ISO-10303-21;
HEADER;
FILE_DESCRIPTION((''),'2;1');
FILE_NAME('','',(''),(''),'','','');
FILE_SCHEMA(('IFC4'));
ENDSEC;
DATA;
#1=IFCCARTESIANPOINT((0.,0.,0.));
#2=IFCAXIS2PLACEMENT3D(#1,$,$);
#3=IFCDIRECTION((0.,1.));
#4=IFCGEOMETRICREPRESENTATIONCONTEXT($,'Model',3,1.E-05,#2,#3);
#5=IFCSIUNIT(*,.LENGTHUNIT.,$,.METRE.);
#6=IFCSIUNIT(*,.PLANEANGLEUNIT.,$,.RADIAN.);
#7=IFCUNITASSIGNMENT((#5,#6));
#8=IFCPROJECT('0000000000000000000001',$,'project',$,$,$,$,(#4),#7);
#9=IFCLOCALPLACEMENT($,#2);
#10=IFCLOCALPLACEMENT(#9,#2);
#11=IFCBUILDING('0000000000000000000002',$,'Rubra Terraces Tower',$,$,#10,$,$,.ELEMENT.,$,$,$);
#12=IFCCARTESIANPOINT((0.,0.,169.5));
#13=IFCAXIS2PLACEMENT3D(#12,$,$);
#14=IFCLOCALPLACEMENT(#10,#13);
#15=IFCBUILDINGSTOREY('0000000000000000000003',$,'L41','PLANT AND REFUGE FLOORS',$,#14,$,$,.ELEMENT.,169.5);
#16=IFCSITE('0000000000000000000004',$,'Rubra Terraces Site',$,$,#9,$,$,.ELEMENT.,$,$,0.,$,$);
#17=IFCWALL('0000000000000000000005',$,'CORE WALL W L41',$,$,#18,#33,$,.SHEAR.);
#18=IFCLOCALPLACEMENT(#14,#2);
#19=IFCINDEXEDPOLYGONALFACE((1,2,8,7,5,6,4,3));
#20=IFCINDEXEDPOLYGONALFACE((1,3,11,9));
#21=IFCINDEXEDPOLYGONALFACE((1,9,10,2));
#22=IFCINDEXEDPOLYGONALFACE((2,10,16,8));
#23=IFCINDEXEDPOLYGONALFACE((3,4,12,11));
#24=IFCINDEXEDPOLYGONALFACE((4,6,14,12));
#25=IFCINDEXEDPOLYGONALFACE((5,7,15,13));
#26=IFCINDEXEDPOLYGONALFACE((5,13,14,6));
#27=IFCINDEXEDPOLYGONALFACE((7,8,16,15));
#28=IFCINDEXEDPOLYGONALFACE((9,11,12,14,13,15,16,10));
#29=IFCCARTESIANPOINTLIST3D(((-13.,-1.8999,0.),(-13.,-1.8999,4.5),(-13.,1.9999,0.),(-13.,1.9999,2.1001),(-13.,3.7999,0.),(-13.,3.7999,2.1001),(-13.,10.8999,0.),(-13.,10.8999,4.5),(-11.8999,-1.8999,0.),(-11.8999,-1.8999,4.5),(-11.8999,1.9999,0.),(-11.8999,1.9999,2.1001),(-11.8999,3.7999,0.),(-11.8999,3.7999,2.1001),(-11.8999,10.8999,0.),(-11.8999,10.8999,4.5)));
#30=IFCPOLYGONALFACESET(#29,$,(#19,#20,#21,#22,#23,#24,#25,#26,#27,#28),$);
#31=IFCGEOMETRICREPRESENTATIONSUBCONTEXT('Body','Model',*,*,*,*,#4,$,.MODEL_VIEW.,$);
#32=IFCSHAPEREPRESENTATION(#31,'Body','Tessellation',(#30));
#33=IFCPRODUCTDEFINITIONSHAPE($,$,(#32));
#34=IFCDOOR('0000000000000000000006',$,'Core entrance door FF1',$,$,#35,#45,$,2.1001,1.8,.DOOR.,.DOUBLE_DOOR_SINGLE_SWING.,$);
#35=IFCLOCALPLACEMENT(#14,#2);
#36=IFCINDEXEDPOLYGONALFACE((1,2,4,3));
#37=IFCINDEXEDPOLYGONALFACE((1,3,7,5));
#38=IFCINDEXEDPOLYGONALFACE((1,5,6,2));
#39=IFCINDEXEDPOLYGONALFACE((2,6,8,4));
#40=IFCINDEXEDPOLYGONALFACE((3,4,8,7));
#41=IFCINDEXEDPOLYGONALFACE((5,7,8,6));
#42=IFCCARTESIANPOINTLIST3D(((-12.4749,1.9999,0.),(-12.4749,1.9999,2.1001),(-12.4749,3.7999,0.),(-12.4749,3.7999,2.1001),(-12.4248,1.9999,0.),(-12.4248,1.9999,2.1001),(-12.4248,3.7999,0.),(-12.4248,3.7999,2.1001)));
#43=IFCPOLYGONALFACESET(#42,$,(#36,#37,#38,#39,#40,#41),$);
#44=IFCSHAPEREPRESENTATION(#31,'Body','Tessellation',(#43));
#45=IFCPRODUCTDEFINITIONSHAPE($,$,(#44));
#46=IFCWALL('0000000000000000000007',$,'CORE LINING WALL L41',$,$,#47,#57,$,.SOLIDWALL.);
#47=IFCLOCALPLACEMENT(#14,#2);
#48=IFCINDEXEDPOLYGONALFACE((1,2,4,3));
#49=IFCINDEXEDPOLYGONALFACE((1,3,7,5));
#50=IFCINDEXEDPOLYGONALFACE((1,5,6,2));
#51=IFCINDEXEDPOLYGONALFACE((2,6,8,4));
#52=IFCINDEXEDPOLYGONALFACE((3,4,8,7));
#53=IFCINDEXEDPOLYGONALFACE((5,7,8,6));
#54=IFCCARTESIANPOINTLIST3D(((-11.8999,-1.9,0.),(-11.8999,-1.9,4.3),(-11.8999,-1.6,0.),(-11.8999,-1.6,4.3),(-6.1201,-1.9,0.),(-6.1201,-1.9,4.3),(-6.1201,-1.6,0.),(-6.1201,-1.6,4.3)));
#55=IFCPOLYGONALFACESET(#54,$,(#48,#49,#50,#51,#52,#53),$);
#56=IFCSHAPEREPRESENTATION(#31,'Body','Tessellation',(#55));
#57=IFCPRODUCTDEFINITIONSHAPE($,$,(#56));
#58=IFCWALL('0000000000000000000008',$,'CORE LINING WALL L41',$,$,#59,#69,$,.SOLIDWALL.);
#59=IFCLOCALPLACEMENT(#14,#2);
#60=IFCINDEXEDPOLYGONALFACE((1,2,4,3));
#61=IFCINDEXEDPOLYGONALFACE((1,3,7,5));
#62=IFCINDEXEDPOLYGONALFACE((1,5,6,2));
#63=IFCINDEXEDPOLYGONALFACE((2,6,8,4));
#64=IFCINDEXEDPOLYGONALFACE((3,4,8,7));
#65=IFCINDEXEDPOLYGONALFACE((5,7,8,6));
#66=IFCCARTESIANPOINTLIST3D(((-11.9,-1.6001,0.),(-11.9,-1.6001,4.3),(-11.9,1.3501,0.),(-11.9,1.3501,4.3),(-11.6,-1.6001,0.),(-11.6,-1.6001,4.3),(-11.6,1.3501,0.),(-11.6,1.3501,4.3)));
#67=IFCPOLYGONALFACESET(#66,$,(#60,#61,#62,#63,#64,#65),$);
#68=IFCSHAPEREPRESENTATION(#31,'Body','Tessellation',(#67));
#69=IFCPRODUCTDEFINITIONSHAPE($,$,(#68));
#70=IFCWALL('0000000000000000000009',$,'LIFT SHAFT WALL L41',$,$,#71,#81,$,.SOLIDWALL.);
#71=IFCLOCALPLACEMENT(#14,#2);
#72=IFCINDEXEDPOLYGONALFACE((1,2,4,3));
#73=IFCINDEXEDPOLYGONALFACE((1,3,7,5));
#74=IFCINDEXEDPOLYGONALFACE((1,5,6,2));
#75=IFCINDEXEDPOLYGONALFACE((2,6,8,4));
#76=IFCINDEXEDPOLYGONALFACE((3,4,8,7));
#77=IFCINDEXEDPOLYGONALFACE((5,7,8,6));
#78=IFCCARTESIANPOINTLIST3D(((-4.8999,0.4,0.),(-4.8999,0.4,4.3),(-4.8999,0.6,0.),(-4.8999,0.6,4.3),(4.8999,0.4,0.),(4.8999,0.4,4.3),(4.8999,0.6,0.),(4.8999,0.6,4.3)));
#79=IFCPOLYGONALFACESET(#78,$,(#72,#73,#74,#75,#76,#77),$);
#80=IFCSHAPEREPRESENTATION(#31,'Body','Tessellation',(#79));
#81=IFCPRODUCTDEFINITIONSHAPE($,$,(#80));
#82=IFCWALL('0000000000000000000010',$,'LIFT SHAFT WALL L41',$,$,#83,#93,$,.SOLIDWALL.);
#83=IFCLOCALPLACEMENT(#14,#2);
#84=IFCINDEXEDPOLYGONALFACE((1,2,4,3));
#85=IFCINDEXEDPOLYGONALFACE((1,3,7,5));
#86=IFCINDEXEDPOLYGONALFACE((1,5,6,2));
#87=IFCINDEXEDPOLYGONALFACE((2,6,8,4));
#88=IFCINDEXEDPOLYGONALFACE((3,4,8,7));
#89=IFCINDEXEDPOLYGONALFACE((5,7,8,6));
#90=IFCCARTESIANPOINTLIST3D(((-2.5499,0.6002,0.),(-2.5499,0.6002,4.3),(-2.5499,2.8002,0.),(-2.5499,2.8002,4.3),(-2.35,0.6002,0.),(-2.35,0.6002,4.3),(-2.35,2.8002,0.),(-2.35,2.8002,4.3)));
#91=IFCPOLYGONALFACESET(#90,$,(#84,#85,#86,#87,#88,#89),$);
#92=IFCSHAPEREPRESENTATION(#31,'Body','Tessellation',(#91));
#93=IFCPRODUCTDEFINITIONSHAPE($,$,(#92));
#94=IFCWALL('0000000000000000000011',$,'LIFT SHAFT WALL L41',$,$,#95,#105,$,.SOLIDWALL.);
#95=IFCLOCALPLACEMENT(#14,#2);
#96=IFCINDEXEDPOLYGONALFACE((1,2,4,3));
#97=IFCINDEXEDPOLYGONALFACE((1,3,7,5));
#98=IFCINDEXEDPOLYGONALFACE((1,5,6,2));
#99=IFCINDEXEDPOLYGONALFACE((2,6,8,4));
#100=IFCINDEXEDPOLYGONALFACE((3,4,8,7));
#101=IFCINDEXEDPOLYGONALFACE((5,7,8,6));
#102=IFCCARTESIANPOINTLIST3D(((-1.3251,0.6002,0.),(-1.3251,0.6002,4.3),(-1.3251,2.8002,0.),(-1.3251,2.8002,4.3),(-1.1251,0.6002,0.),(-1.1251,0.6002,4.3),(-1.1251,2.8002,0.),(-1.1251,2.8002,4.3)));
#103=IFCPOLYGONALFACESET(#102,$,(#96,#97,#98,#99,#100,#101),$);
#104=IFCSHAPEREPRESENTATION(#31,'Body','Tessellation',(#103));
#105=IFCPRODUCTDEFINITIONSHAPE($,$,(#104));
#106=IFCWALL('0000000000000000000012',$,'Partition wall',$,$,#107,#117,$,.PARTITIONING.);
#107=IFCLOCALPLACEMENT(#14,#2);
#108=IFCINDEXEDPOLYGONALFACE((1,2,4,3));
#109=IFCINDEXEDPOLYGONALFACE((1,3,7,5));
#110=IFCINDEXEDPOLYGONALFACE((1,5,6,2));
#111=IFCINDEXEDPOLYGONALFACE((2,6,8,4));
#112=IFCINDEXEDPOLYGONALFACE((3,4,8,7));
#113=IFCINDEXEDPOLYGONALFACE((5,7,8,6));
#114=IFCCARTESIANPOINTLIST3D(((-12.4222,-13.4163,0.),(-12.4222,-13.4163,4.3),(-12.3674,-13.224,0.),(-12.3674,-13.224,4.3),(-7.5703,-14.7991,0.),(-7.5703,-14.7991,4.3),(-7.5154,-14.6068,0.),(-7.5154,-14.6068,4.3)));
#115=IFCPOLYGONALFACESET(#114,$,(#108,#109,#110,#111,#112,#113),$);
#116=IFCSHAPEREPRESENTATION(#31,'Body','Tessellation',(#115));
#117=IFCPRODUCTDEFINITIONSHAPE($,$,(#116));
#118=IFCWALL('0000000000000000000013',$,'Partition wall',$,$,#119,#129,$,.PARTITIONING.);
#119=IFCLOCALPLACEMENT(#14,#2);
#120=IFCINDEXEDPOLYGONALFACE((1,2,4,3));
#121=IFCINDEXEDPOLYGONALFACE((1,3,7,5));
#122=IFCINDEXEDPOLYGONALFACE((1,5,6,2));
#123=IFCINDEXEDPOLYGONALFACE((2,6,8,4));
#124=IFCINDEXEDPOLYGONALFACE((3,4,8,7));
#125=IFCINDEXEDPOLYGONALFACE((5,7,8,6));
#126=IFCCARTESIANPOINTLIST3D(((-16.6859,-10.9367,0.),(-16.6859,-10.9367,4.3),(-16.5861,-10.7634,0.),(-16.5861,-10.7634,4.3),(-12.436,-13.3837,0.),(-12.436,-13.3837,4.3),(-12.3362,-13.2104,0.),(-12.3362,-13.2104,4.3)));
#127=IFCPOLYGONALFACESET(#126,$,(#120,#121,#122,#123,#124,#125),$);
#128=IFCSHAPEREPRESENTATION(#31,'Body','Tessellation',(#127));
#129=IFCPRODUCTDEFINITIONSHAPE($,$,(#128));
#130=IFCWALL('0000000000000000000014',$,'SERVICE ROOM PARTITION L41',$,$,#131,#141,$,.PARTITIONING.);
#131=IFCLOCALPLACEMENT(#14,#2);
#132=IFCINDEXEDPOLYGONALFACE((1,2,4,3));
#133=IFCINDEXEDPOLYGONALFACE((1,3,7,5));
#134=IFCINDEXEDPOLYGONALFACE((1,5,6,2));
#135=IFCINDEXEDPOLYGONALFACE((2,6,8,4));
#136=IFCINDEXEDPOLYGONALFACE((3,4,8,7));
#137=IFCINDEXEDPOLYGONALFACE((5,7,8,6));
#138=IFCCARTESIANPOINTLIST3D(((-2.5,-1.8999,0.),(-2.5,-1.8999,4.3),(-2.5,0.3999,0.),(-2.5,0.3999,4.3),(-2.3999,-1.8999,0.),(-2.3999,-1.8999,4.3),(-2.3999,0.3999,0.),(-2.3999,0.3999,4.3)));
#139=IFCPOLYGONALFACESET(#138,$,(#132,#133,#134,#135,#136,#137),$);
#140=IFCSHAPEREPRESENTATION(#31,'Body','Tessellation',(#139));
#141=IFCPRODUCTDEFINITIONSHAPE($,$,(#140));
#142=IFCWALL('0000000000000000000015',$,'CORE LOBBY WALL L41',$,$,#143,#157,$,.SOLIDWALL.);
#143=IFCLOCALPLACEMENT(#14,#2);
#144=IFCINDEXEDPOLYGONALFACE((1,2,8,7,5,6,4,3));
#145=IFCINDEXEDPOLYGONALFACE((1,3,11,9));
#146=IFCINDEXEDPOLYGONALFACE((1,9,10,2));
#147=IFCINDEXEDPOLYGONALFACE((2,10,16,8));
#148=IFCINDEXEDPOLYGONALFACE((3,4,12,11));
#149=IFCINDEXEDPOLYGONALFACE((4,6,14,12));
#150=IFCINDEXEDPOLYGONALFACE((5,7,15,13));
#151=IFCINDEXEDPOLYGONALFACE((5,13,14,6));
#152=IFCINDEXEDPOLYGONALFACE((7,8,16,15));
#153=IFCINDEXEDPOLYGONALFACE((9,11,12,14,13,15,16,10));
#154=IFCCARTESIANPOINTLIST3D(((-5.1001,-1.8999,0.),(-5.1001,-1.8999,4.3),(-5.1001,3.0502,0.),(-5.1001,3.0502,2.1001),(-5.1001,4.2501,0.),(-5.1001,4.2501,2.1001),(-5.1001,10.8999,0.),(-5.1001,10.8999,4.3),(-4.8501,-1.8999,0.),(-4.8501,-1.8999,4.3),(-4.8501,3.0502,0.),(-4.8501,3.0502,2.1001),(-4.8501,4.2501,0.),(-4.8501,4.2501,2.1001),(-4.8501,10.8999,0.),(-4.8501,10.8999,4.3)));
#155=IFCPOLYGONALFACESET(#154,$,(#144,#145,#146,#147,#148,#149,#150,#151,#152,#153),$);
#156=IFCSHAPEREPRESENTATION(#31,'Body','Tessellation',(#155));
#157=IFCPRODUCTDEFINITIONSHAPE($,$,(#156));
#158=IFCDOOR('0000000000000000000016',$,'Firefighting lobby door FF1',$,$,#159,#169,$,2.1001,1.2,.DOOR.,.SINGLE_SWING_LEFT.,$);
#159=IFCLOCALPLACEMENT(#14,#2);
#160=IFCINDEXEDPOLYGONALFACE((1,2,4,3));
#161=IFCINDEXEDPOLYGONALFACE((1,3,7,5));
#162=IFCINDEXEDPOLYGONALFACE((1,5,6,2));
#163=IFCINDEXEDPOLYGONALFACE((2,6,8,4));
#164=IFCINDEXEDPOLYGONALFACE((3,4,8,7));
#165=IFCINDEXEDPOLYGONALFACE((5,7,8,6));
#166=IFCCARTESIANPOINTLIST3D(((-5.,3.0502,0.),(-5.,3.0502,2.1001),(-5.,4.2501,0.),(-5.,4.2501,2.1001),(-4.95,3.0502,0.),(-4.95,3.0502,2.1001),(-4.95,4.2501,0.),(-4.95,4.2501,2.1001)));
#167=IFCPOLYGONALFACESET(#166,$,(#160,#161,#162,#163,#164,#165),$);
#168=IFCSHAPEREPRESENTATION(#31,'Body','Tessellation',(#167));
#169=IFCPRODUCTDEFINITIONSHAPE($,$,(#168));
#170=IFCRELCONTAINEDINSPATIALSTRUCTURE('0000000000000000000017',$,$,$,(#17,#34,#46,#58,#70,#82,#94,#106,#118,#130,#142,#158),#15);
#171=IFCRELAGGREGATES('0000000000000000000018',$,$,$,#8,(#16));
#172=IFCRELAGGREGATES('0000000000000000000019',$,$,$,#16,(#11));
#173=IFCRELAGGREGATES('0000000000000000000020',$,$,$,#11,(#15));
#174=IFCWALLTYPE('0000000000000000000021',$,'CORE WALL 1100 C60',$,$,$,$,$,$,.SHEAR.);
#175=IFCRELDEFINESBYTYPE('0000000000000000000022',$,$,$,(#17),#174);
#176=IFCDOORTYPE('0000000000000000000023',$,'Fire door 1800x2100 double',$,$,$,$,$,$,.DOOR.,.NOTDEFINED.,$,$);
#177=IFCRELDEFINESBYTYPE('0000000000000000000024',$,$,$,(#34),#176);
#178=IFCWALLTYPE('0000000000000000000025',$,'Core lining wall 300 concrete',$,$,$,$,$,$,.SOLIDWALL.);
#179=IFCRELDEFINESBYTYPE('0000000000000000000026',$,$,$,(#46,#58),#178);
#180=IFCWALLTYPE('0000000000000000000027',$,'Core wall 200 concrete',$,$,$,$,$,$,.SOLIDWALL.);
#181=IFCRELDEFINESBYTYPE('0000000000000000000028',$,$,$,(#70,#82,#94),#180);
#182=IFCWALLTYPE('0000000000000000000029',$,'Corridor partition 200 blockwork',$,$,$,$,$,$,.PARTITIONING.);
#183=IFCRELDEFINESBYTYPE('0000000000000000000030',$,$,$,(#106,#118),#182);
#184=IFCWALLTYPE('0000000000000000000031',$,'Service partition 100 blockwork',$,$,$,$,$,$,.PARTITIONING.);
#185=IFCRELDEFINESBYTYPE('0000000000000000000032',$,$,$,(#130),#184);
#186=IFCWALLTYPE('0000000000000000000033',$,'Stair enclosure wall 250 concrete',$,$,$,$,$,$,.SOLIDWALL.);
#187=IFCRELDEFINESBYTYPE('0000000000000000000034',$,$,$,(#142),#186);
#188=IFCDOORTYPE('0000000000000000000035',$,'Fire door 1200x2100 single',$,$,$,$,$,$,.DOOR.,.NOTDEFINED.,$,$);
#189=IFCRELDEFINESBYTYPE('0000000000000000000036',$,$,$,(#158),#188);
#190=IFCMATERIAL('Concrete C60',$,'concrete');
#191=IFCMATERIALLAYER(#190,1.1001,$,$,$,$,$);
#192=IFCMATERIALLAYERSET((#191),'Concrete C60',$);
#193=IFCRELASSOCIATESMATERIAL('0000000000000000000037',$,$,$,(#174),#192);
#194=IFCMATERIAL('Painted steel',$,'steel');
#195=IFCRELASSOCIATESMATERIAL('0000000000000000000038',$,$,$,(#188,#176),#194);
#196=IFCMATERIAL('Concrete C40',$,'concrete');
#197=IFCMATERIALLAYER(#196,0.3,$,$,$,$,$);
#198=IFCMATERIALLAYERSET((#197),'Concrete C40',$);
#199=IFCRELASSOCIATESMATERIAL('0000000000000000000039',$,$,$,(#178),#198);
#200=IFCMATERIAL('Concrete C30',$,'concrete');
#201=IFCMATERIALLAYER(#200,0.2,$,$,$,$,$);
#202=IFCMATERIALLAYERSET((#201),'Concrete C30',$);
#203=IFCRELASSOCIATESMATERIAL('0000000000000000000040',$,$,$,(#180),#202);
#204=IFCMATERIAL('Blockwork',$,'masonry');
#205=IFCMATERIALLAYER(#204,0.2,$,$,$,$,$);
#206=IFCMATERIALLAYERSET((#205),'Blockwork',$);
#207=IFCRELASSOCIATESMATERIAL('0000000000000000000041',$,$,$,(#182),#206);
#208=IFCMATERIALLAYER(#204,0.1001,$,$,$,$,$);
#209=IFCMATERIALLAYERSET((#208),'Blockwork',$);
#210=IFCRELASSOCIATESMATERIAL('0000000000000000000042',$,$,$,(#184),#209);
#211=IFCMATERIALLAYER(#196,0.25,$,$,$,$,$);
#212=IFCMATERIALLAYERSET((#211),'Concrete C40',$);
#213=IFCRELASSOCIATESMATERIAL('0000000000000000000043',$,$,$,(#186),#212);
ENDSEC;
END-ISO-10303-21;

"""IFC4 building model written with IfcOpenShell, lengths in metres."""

from ifc_helpers import new_model, si_unit, direction, frame, frame_2d, origin, place, context, subcontext, project, spatial, rectangle, extrude, material, layer, layer_set, type_object, element, fill, save


model = new_model("IFC4")

# Units and contexts
model_context = context("Model", 3, precision=1e-05, world=origin(), true_north=direction((0.0, 1.0)))
body_context = subcontext(model_context, "Body", "Model", "MODEL_VIEW")
ifc_project = project(units=[si_unit("LENGTHUNIT", "METRE"), si_unit("PLANEANGLEUNIT", "RADIAN")], contexts=[model_context])

# Site, building, storey
site_placement = place(None, origin())
site = spatial("IfcSite", under=ifc_project, at=site_placement, Name="Rubra Terraces Site", CompositionType="ELEMENT", RefElevation=0.0)
building_placement = place(site_placement, origin())
building = spatial("IfcBuilding", under=site, at=building_placement, Name="Rubra Terraces Tower", CompositionType="ELEMENT")
storey_placement = place(building_placement, frame((0.0, 0.0, 169.5)))
storey = spatial("IfcBuildingStorey", under=building, at=storey_placement, Name="L41", Description="PLANT AND REFUGE FLOORS", CompositionType="ELEMENT", Elevation=169.5)

# Shared definitions
ifc_material_1 = material(Name="Concrete C60", Category="concrete")
ifc_layer_1 = layer(ifc_material_1, 1.1001)
ifc_layer_set_1 = layer_set([ifc_layer_1], Name="Concrete C60")
wall_type_1 = type_object("IfcWallType", Name="CORE WALL 1100 C60", PredefinedType="SHEAR", material=ifc_layer_set_1)
ifc_material_2 = material(Name="Painted steel", Category="steel")
door_type_1 = type_object("IfcDoorType", Name="Fire door 1200x2100 single", OperationType="NOTDEFINED", PredefinedType="DOOR", material=ifc_material_2)

# Wall, opening, door
wall_1_placement = place(storey_placement, frame((-12.45, -1.8999, 0.0), z_axis=(0.0, 0.0, 1.0), x_axis=(0.0, 1.0, 0.0)))
wall_1 = element("IfcWall", 1, at=wall_1_placement, inside=storey, type_object=wall_type_1, Name="CORE WALL W L41", PredefinedType="SHEAR", context=body_context, shape_type="SweptSolid", body=[
    extrude(rectangle(XDim=12.7998, YDim=1.1001, at=frame_2d((6.3999, 0.0))), origin(), (0.0, 0.0, 1.0), 4.5),
])
opening_1_placement = place(wall_1_placement, frame((3.8999, 0.0, 0.0)))
opening_1 = element("IfcOpeningElement", 2, at=opening_1_placement, cuts=wall_1, PredefinedType="OPENING", context=body_context, shape_type="SweptSolid", body=[
    extrude(rectangle(XDim=1.8, YDim=2.1001, at=frame_2d((0.8999, 1.05))), frame((0.0, 0.5601, 0.0), z_axis=(0.0, -1.0, 0.0), x_axis=(1.0, 0.0, 0.0)), (0.0, 0.0, 1.0), 1.1201),
])
door_type_2 = type_object("IfcDoorType", Name="Fire door 1800x2100 double", OperationType="NOTDEFINED", PredefinedType="DOOR", material=ifc_material_2)
door_1_placement = place(opening_1_placement, origin())
door_1 = element("IfcDoor", 3, at=door_1_placement, inside=storey, type_object=door_type_2, Name="Core entrance door FF1", OperationType="DOUBLE_DOOR_SINGLE_SWING", OverallHeight=2.1001, OverallWidth=1.8, PredefinedType="DOOR", context=body_context, shape_type="SweptSolid", body=[
    extrude(rectangle(XDim=1.8, YDim=2.1001, at=frame_2d((0.8999, 1.05))), frame((0.0, 0.0249, 0.0), z_axis=(0.0, -1.0, 0.0), x_axis=(1.0, 0.0, 0.0)), (0.0, 0.0, 1.0), 0.05),
])
fill(opening_1, door_1)

# Walls
ifc_material_3 = material(Name="Concrete C40", Category="concrete")
ifc_layer_2 = layer(ifc_material_3, 0.3)
ifc_layer_set_2 = layer_set([ifc_layer_2], Name="Concrete C40")
wall_type_2 = type_object("IfcWallType", Name="Core lining wall 300 concrete", PredefinedType="SOLIDWALL", material=ifc_layer_set_2)
wall_2_placement = place(storey_placement, frame((-11.8999, -1.75, 0.0), z_axis=(0.0, 0.0, 1.0), x_axis=(1.0, 0.0, 0.0)))
element("IfcWall", 4, at=wall_2_placement, inside=storey, type_object=wall_type_2, Name="CORE LINING WALL L41", PredefinedType="SOLIDWALL", context=body_context, shape_type="SweptSolid", body=[
    extrude(rectangle(XDim=5.7798, YDim=0.3, at=frame_2d((2.8899, 0.0))), origin(), (0.0, 0.0, 1.0), 4.3),
])
wall_3_placement = place(storey_placement, frame((-11.75, -1.6001, 0.0), z_axis=(0.0, 0.0, 1.0), x_axis=(0.0, 1.0, 0.0)))
element("IfcWall", 5, at=wall_3_placement, inside=storey, type_object=wall_type_2, Name="CORE LINING WALL L41", PredefinedType="SOLIDWALL", context=body_context, shape_type="SweptSolid", body=[
    extrude(rectangle(XDim=2.9502, YDim=0.3, at=frame_2d((1.4751, 0.0))), origin(), (0.0, 0.0, 1.0), 4.3),
])
ifc_material_4 = material(Name="Concrete C30", Category="concrete")
ifc_layer_3 = layer(ifc_material_4, 0.2)
ifc_layer_set_3 = layer_set([ifc_layer_3], Name="Concrete C30")
wall_type_3 = type_object("IfcWallType", Name="Core wall 200 concrete", PredefinedType="SOLIDWALL", material=ifc_layer_set_3)
wall_4_placement = place(storey_placement, frame((-4.8999, 0.5, 0.0), z_axis=(0.0, 0.0, 1.0), x_axis=(1.0, 0.0, 0.0)))
element("IfcWall", 6, at=wall_4_placement, inside=storey, type_object=wall_type_3, Name="LIFT SHAFT WALL L41", PredefinedType="SOLIDWALL", context=body_context, shape_type="SweptSolid", body=[
    extrude(rectangle(XDim=9.7998, YDim=0.2, at=frame_2d((4.8999, 0.0))), origin(), (0.0, 0.0, 1.0), 4.3),
])
for number, where, z_axis, x_axis, name in (
    (7, (-2.45, 0.6001, 0.0), (0.0, 0.0, 1.0), (0.0, 1.0, 0.0), "LIFT SHAFT WALL L41"),
    (8, (-1.2251, 0.6001, 0.0), (0.0, 0.0, 1.0), (0.0, 1.0, 0.0), "LIFT SHAFT WALL L41"),
):
    element("IfcWall", number, at=place(storey_placement, frame(where, z_axis=z_axis, x_axis=x_axis)), inside=storey, type_object=wall_type_3, Name=name, PredefinedType="SOLIDWALL", context=body_context, shape_type="SweptSolid", body=[
        extrude(rectangle(XDim=2.2, YDim=0.2, at=frame_2d((1.1001, 0.0))), origin(), (0.0, 0.0, 1.0), 4.3),
    ])
ifc_material_5 = material(Name="Blockwork", Category="masonry")
ifc_layer_4 = layer(ifc_material_5, 0.2)
ifc_layer_set_4 = layer_set([ifc_layer_4], Name="Blockwork")
wall_type_4 = type_object("IfcWallType", Name="Corridor partition 200 blockwork", PredefinedType="PARTITIONING", material=ifc_layer_set_4)
wall_5_placement = place(storey_placement, frame((-7.543, -14.7029, 0.0), z_axis=(0.0, 0.0, 1.0), x_axis=(-0.961706, 0.274082, 0.0)))
element("IfcWall", 9, at=wall_5_placement, inside=storey, type_object=wall_type_4, Name="Partition wall", PredefinedType="PARTITIONING", context=body_context, shape_type="SweptSolid", body=[
    extrude(rectangle(XDim=5.0452, YDim=0.2, at=frame_2d((2.5225, 0.0))), origin(), (0.0, 0.0, 1.0), 4.3),
])
wall_6_placement = place(storey_placement, frame((-12.386, -13.2971, 0.0), z_axis=(0.0, 0.0, 1.0), x_axis=(-0.866618, 0.498972, 0.0)))
element("IfcWall", 10, at=wall_6_placement, inside=storey, type_object=wall_type_4, Name="Partition wall", PredefinedType="PARTITIONING", context=body_context, shape_type="SweptSolid", body=[
    extrude(rectangle(XDim=4.9041, YDim=0.2, at=frame_2d((2.4521, 0.0))), origin(), (0.0, 0.0, 1.0), 4.3),
])
ifc_layer_5 = layer(ifc_material_5, 0.1001)
ifc_layer_set_5 = layer_set([ifc_layer_5], Name="Blockwork")
wall_type_5 = type_object("IfcWallType", Name="Service partition 100 blockwork", PredefinedType="PARTITIONING", material=ifc_layer_set_5)
wall_7_placement = place(storey_placement, frame((-2.45, -1.8999, 0.0), z_axis=(0.0, 0.0, 1.0), x_axis=(0.0, 1.0, 0.0)))
element("IfcWall", 11, at=wall_7_placement, inside=storey, type_object=wall_type_5, Name="SERVICE ROOM PARTITION L41", PredefinedType="PARTITIONING", context=body_context, shape_type="SweptSolid", body=[
    extrude(rectangle(XDim=2.2998, YDim=0.1001, at=frame_2d((1.1499, 0.0))), origin(), (0.0, 0.0, 1.0), 4.3),
])

# Wall, opening, door
ifc_layer_6 = layer(ifc_material_3, 0.25)
ifc_layer_set_6 = layer_set([ifc_layer_6], Name="Concrete C40")
wall_type_6 = type_object("IfcWallType", Name="Stair enclosure wall 250 concrete", PredefinedType="SOLIDWALL", material=ifc_layer_set_6)
wall_8_placement = place(storey_placement, frame((-4.9751, -1.8999, 0.0), z_axis=(0.0, 0.0, 1.0), x_axis=(0.0, 1.0, 0.0)))
wall_8 = element("IfcWall", 12, at=wall_8_placement, inside=storey, type_object=wall_type_6, Name="CORE LOBBY WALL L41", PredefinedType="SOLIDWALL", context=body_context, shape_type="SweptSolid", body=[
    extrude(rectangle(XDim=12.7998, YDim=0.25, at=frame_2d((6.3999, 0.0))), origin(), (0.0, 0.0, 1.0), 4.3),
])
opening_2_placement = place(wall_8_placement, frame((4.95, 0.0, 0.0)))
opening_2 = element("IfcOpeningElement", 13, at=opening_2_placement, cuts=wall_8, PredefinedType="OPENING", context=body_context, shape_type="SweptSolid", body=[
    extrude(rectangle(XDim=1.2, YDim=2.1001, at=frame_2d((0.6001, 1.05))), frame((0.0, 0.135, 0.0), z_axis=(0.0, -1.0, 0.0), x_axis=(1.0, 0.0, 0.0)), (0.0, 0.0, 1.0), 0.27),
])
door_2_placement = place(opening_2_placement, origin())
door_2 = element("IfcDoor", 14, at=door_2_placement, inside=storey, type_object=door_type_1, Name="Firefighting lobby door FF1", OperationType="SINGLE_SWING_LEFT", OverallHeight=2.1001, OverallWidth=1.2, PredefinedType="DOOR", context=body_context, shape_type="SweptSolid", body=[
    extrude(rectangle(XDim=1.2, YDim=2.1001, at=frame_2d((0.6001, 1.05))), frame((0.0, 0.0249, 0.0), z_axis=(0.0, -1.0, 0.0), x_axis=(1.0, 0.0, 0.0)), (0.0, 0.0, 1.0), 0.05),
])
fill(opening_2, door_2)

save(model, "model.ifc")
